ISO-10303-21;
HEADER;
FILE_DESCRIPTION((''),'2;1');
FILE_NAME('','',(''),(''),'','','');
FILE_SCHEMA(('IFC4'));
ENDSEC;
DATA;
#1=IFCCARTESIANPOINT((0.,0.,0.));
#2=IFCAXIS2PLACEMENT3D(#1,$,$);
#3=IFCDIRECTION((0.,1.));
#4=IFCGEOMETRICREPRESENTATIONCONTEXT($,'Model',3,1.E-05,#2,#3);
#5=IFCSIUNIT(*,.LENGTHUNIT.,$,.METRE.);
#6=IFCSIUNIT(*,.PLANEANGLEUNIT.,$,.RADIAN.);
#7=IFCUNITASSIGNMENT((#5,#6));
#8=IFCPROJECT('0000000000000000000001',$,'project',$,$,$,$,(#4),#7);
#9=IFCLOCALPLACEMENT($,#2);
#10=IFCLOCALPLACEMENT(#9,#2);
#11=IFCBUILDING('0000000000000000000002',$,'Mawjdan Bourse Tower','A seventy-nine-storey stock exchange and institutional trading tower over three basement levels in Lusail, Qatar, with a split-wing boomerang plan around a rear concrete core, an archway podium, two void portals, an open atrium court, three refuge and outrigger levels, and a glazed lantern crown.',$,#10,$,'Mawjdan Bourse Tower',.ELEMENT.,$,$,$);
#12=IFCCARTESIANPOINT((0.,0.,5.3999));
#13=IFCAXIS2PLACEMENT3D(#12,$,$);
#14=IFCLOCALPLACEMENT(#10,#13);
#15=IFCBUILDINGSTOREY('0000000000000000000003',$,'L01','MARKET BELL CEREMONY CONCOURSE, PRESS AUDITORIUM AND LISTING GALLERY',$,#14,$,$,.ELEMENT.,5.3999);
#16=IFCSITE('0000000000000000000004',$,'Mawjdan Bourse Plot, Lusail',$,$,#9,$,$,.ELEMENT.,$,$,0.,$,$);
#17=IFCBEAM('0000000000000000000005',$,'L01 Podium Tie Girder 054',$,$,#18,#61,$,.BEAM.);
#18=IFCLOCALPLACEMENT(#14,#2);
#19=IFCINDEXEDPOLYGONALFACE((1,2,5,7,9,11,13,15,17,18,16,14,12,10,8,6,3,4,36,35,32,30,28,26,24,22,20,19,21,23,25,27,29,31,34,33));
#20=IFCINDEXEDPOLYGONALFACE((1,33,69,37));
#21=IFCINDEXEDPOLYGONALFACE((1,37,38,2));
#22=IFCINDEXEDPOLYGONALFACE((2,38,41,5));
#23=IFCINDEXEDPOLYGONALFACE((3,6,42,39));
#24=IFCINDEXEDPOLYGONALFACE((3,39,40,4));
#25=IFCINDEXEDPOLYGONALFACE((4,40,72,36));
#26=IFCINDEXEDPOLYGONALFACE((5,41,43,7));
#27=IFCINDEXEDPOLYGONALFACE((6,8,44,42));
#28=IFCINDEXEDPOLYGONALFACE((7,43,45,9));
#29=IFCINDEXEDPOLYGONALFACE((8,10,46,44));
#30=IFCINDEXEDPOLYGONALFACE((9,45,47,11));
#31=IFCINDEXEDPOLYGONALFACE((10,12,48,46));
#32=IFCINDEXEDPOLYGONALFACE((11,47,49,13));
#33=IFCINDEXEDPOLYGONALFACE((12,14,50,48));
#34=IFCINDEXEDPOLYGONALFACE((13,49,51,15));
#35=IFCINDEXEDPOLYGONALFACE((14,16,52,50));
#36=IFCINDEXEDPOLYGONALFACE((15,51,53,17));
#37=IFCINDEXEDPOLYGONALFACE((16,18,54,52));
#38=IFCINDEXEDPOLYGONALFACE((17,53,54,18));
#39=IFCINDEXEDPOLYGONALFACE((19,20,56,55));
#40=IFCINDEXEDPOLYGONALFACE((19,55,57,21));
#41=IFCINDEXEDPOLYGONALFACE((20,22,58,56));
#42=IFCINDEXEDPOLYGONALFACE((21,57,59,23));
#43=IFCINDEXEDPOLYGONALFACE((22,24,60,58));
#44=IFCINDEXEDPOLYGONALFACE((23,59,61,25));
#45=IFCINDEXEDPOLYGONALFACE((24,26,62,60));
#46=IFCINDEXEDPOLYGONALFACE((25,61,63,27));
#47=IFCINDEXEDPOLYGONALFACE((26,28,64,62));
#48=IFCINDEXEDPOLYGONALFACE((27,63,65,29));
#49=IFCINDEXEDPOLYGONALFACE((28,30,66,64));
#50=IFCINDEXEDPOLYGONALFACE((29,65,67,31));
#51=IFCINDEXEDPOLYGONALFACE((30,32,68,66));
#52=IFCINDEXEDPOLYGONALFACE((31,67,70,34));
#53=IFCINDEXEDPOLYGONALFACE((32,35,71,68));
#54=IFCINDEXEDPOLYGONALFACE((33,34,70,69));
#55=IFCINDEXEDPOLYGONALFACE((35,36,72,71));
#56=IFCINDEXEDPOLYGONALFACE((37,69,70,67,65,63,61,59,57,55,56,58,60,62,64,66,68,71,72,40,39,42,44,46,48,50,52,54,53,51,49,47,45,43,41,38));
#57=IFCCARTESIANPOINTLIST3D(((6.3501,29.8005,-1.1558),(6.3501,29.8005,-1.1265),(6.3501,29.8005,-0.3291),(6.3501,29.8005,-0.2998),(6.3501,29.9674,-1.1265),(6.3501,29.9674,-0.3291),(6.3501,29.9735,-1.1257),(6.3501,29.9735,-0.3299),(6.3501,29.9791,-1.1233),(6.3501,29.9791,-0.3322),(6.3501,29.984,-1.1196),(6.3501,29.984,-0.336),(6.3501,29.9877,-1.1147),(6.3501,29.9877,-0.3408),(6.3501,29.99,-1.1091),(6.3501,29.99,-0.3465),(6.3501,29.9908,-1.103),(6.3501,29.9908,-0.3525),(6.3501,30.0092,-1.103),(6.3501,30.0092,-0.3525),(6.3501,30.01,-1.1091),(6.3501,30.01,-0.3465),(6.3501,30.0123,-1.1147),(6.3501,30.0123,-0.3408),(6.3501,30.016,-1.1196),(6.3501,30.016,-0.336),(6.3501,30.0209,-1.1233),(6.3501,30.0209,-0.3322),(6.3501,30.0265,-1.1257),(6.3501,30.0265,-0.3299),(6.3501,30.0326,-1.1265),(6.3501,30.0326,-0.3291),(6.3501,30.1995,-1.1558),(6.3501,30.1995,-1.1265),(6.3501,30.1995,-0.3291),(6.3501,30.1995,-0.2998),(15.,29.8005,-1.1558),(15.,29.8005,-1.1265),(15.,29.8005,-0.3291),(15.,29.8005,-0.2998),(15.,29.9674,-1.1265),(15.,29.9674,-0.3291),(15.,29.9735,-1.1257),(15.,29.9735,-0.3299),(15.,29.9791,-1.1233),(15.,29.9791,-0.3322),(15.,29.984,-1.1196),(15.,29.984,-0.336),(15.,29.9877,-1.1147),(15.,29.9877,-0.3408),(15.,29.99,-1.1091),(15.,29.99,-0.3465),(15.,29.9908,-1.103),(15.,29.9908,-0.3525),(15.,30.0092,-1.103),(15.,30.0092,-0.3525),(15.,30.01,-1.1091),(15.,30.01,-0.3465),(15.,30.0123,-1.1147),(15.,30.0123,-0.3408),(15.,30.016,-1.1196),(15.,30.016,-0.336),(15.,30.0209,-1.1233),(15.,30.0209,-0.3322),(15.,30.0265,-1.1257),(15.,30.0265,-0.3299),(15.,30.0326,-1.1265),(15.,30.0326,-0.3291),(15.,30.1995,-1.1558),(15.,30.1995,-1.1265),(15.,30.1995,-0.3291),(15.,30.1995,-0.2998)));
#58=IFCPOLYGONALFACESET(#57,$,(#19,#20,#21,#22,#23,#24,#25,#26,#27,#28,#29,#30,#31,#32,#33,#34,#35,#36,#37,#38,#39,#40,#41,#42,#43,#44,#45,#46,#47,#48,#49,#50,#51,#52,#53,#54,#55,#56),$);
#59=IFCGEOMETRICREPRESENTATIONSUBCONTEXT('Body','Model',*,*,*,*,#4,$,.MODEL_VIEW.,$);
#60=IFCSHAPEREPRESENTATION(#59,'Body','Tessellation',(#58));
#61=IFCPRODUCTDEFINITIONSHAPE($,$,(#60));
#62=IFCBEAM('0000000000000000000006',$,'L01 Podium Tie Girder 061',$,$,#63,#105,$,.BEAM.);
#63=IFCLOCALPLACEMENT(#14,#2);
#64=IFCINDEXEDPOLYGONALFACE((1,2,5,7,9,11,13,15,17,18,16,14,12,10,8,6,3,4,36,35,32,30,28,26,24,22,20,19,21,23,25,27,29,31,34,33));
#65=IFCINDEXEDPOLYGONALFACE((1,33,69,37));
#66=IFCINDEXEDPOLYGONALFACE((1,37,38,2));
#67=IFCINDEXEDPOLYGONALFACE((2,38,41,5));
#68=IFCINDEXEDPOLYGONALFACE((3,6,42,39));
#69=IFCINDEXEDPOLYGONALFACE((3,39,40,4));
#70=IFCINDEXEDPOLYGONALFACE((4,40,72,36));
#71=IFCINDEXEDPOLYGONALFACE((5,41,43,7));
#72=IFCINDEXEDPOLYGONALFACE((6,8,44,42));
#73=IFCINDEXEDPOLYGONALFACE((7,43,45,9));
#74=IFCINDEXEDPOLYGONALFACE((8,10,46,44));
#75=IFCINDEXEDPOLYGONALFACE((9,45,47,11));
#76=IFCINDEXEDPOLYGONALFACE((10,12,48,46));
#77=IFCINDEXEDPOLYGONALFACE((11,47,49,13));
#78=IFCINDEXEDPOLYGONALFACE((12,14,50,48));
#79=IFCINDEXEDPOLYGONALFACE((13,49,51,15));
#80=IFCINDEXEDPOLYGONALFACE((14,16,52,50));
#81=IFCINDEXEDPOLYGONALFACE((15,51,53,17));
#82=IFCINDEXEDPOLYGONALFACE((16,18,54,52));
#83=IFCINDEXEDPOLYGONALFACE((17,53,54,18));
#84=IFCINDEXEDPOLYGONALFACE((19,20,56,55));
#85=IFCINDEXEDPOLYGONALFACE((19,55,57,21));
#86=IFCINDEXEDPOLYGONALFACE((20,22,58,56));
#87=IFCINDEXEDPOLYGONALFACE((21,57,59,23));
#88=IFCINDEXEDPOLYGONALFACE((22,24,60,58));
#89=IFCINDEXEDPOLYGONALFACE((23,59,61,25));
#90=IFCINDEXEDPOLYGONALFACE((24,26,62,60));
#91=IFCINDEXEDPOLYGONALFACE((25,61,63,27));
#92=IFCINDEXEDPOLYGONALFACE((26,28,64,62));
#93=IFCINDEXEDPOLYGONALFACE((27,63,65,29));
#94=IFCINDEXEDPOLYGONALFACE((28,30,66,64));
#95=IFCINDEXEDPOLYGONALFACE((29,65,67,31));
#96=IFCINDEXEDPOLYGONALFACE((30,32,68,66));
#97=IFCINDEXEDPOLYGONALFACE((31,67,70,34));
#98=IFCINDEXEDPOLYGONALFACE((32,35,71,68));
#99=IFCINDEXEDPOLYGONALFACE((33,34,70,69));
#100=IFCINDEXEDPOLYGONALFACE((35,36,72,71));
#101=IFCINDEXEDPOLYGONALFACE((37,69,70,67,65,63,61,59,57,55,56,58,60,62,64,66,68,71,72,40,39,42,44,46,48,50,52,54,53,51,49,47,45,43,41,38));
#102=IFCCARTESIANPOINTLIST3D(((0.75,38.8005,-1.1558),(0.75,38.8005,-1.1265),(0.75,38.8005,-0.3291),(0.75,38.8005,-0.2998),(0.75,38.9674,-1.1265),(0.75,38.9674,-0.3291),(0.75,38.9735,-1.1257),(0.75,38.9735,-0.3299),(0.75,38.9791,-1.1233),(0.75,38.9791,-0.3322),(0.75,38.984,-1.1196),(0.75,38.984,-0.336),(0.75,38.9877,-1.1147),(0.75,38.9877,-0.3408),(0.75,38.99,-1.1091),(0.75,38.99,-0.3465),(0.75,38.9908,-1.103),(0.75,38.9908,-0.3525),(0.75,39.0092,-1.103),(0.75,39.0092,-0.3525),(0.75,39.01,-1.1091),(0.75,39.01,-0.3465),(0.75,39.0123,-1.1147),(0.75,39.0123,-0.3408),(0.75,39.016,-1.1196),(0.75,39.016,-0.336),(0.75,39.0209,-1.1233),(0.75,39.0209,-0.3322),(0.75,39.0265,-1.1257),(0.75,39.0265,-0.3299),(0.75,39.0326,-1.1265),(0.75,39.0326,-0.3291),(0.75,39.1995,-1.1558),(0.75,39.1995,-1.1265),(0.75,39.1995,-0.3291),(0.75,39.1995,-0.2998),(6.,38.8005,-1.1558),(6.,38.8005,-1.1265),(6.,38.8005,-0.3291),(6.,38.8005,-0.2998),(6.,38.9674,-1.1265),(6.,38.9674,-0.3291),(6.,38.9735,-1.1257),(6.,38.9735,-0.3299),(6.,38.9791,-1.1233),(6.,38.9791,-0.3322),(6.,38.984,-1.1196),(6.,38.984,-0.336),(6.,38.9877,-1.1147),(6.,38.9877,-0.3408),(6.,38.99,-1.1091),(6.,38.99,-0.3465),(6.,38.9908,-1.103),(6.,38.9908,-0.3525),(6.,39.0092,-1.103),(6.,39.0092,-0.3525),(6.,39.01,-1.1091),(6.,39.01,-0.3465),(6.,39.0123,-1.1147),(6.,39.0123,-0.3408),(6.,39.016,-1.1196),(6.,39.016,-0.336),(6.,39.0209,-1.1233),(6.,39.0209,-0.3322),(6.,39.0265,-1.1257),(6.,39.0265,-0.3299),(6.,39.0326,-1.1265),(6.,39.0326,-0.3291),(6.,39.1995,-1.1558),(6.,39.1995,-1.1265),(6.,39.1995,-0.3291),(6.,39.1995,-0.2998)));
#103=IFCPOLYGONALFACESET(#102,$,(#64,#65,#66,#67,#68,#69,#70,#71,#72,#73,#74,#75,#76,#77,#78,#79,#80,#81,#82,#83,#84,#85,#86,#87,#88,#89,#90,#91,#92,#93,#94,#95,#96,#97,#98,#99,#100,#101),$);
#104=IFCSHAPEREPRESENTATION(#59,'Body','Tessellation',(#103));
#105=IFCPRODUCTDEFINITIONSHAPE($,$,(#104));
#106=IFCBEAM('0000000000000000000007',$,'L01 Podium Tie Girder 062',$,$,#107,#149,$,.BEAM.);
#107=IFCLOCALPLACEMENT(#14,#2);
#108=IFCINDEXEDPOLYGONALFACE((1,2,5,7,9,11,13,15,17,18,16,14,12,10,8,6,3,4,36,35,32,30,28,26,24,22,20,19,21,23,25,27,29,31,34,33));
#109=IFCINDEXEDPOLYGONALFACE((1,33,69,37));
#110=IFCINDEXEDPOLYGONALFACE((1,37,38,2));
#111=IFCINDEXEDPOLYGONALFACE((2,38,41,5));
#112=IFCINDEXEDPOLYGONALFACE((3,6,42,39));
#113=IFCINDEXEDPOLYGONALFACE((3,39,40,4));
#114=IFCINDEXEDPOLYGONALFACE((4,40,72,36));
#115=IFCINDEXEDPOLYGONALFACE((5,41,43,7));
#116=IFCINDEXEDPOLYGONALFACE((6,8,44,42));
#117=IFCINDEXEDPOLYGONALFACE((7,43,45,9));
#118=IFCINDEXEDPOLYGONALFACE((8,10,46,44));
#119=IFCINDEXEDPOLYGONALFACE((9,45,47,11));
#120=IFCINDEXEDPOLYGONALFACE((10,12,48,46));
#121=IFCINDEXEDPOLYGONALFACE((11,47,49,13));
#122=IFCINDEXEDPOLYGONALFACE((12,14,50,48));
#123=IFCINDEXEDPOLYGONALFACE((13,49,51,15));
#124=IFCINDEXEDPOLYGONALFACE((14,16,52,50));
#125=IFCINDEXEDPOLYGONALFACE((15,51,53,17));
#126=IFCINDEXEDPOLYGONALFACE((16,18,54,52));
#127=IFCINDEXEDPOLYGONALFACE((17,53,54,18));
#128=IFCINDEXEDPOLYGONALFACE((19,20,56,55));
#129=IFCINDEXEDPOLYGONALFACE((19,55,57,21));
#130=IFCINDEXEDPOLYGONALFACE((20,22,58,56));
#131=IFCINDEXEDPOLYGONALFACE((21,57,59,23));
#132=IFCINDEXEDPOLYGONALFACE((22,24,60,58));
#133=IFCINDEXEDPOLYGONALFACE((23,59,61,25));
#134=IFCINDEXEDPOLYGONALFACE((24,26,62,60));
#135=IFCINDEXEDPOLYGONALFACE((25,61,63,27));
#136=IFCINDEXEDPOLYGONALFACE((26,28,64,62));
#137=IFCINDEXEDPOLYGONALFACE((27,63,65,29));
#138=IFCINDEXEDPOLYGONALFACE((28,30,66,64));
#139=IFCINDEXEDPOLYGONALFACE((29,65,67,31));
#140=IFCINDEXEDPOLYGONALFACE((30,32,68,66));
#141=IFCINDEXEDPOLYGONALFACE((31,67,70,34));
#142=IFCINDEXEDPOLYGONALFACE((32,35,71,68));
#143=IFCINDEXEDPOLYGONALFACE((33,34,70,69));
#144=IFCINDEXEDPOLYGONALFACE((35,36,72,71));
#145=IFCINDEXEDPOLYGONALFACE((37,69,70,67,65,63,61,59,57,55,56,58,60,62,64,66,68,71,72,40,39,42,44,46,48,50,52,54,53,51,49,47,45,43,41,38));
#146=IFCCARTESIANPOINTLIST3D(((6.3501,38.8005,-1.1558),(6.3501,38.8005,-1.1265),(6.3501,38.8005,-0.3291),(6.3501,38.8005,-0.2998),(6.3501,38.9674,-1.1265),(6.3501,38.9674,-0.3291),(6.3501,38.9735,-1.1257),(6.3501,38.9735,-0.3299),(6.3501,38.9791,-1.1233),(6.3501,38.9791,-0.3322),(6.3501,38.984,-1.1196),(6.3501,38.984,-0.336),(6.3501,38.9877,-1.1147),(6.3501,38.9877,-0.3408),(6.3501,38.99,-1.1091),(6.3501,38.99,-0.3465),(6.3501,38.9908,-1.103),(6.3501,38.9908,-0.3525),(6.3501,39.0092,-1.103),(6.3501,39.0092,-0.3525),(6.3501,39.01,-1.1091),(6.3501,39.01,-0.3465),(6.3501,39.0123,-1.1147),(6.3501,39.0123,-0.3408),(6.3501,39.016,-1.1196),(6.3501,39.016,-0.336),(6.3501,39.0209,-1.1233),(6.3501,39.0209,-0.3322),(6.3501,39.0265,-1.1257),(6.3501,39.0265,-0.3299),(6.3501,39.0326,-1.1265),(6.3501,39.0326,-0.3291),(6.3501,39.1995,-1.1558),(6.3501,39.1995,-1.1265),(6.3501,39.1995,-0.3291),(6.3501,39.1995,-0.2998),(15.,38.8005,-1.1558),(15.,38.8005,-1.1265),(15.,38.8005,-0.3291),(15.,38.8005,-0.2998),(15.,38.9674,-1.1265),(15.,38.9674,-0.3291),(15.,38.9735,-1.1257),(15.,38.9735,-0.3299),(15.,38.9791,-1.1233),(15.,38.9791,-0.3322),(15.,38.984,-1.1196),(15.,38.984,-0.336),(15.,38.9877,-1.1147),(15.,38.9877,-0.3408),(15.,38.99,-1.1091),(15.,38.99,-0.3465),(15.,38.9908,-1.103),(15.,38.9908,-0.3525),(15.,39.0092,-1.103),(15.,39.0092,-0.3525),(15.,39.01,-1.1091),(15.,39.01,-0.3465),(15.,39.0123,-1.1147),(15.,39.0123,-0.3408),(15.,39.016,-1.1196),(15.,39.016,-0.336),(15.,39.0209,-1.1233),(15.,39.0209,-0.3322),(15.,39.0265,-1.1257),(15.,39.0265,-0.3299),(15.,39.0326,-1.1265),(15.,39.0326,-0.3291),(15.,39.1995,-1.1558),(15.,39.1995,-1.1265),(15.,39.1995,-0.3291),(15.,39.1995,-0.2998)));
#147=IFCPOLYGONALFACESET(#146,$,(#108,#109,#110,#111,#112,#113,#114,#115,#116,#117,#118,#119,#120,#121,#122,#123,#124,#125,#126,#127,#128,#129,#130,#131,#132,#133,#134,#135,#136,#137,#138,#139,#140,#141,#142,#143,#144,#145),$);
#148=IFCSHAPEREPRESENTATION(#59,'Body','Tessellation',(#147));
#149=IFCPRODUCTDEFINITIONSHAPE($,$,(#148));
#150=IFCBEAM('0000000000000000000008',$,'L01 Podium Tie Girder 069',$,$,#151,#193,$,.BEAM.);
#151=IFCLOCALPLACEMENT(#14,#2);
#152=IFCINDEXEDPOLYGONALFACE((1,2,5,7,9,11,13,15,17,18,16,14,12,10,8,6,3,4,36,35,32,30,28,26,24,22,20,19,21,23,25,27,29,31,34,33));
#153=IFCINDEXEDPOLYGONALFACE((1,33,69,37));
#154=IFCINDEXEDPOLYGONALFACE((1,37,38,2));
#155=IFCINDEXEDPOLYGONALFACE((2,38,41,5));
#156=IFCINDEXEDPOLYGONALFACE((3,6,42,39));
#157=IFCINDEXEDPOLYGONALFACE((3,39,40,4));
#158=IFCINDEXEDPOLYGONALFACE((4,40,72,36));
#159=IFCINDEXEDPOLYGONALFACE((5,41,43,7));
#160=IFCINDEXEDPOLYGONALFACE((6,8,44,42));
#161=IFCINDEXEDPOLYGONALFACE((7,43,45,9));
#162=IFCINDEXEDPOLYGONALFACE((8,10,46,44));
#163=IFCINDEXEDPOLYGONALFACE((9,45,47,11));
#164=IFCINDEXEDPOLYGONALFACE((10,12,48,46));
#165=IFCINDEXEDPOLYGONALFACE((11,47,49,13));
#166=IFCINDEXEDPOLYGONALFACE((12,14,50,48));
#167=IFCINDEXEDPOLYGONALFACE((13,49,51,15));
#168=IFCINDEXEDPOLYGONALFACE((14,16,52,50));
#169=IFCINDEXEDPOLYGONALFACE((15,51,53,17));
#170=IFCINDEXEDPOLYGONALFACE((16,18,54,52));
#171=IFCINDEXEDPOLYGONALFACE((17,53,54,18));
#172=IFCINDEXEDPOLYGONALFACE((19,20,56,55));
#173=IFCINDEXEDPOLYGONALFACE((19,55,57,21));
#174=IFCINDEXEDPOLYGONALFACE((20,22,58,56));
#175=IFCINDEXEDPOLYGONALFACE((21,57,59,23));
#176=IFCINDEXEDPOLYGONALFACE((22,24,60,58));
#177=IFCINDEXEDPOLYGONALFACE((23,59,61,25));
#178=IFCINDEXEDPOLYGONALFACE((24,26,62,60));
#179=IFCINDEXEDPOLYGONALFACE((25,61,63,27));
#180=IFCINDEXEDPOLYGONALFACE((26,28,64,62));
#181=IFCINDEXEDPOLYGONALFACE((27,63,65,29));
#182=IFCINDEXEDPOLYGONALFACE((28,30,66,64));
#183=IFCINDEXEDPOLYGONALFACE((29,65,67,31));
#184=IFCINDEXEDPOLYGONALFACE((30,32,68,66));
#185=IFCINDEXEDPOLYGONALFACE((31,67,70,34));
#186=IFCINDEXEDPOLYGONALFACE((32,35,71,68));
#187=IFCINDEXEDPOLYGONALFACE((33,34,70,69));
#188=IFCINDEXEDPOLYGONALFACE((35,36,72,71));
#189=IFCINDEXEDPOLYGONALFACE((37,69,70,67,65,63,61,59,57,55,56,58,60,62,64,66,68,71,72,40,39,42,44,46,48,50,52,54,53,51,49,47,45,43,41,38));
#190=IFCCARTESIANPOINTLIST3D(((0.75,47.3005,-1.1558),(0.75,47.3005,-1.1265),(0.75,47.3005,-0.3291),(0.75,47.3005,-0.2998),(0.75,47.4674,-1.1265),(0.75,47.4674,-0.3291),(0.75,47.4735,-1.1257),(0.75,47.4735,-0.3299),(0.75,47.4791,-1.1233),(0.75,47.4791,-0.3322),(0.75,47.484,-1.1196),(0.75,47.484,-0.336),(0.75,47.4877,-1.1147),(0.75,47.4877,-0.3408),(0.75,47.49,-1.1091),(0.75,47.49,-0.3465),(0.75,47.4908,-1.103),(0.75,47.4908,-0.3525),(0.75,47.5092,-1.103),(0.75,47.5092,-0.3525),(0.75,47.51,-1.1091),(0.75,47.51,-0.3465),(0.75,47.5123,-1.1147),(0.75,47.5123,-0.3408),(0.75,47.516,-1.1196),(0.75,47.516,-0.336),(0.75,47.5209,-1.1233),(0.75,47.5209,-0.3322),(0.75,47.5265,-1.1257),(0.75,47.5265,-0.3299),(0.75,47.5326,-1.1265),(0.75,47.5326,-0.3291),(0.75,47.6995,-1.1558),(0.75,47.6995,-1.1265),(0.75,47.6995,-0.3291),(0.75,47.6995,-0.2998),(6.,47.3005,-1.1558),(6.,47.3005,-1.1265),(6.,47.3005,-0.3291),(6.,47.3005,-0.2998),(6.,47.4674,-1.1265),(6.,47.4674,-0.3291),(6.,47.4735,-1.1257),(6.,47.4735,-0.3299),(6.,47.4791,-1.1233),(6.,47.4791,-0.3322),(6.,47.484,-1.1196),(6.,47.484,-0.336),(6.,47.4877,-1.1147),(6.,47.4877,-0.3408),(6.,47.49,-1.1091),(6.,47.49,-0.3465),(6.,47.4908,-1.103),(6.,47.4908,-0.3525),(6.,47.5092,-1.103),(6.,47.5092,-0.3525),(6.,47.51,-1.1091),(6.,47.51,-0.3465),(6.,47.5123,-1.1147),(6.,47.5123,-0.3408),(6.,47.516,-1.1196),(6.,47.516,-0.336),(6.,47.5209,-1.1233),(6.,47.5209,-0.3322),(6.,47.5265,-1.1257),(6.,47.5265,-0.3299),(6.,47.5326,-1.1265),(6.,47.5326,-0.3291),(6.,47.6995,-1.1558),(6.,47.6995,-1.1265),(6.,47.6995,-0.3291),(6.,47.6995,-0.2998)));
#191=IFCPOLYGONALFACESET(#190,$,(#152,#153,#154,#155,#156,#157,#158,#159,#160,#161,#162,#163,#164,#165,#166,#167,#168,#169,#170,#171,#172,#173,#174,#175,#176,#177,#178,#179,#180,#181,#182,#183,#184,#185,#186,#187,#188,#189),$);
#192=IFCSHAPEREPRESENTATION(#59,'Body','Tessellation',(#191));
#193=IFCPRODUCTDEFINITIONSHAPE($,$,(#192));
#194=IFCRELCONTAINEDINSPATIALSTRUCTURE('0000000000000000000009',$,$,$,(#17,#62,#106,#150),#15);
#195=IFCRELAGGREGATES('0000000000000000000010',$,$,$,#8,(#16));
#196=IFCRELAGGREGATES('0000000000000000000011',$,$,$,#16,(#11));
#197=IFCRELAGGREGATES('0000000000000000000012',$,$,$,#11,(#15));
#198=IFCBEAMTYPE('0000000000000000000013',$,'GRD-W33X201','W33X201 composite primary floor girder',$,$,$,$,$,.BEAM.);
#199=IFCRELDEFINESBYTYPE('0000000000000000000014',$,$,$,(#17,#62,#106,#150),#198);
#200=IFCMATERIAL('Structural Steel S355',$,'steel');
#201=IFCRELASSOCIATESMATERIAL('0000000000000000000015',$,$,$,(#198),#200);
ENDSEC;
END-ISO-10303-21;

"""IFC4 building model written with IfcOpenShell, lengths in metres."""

from ifc_helpers import new_model, si_unit, direction, frame, origin, origin_2d, place, context, subcontext, project, spatial, i_section, extrude, material, material_profile, profile_set, type_object, element, save


model = new_model("IFC4")

# Units and contexts
model_context = context("Model", 3, precision=1e-05, world=origin(), true_north=direction((0.0, 1.0)))
body_context = subcontext(model_context, "Body", "Model", "MODEL_VIEW")
ifc_project = project(units=[si_unit("LENGTHUNIT", "METRE"), si_unit("PLANEANGLEUNIT", "RADIAN")], contexts=[model_context])

# Site, building, storey
site_placement = place(None, origin())
site = spatial("IfcSite", under=ifc_project, at=site_placement, Name="Mawjdan Bourse Plot, Lusail", CompositionType="ELEMENT", RefElevation=0.0)
building_placement = place(site_placement, origin())
building = spatial("IfcBuilding", under=site, at=building_placement, Name="Mawjdan Bourse Tower", Description="A seventy-nine-storey stock exchange and institutional trading tower over three basement levels in Lusail, Qatar, with a split-wing boomerang plan around a rear concrete core, an archway podium, two void portals, an open atrium court, three refuge and outrigger levels, and a glazed lantern crown.", LongName="Mawjdan Bourse Tower", CompositionType="ELEMENT")
storey_placement = place(building_placement, frame((0.0, 0.0, 5.3999)))
storey = spatial("IfcBuildingStorey", under=building, at=storey_placement, Name="L01", Description="MARKET BELL CEREMONY CONCOURSE, PRESS AUDITORIUM AND LISTING GALLERY", CompositionType="ELEMENT", Elevation=5.3999)

# Beams
ifc_material_1 = material(Name="Structural Steel S355", Category="steel")
ifc_material_profile_1 = material_profile(ifc_material_1, i_section(OverallWidth=0.3989, OverallDepth=0.856, WebThickness=0.0183, FlangeThickness=0.0293, FilletRadius=0.0234, at=origin_2d()), Name="W33X201")
ifc_profile_set_1 = profile_set([ifc_material_profile_1], Name="Structural Steel S355")
beam_type_1 = type_object("IfcBeamType", Name="GRD-W33X201", Description="W33X201 composite primary floor girder", PredefinedType="BEAM", material=ifc_profile_set_1)
beam_1_placement = place(storey_placement, frame((6.3501, 30.0, -0.7278), z_axis=(1.0, 0.0, 0.0), x_axis=(0.0, 1.0, 0.0)))
element("IfcBeam", 1, at=beam_1_placement, inside=storey, type_object=beam_type_1, Name="L01 Podium Tie Girder 054", PredefinedType="BEAM", context=body_context, shape_type="SweptSolid", body=[
    extrude(i_section(OverallWidth=0.3989, OverallDepth=0.856, WebThickness=0.0183, FlangeThickness=0.0293, FilletRadius=0.0234, at=origin_2d()), origin(), (0.0, 0.0, 1.0), 8.6499),
])
beam_2_placement = place(storey_placement, frame((0.75, 39.0, -0.7278), z_axis=(1.0, 0.0, 0.0), x_axis=(0.0, 1.0, 0.0)))
element("IfcBeam", 2, at=beam_2_placement, inside=storey, type_object=beam_type_1, Name="L01 Podium Tie Girder 061", PredefinedType="BEAM", context=body_context, shape_type="SweptSolid", body=[
    extrude(i_section(OverallWidth=0.3989, OverallDepth=0.856, WebThickness=0.0183, FlangeThickness=0.0293, FilletRadius=0.0234, at=origin_2d()), origin(), (0.0, 0.0, 1.0), 5.25),
])
beam_3_placement = place(storey_placement, frame((6.3501, 39.0, -0.7278), z_axis=(1.0, 0.0, 0.0), x_axis=(0.0, 1.0, 0.0)))
element("IfcBeam", 3, at=beam_3_placement, inside=storey, type_object=beam_type_1, Name="L01 Podium Tie Girder 062", PredefinedType="BEAM", context=body_context, shape_type="SweptSolid", body=[
    extrude(i_section(OverallWidth=0.3989, OverallDepth=0.856, WebThickness=0.0183, FlangeThickness=0.0293, FilletRadius=0.0234, at=origin_2d()), origin(), (0.0, 0.0, 1.0), 8.6499),
])
beam_4_placement = place(storey_placement, frame((0.75, 47.5, -0.7278), z_axis=(1.0, 0.0, 0.0), x_axis=(0.0, 1.0, 0.0)))
element("IfcBeam", 4, at=beam_4_placement, inside=storey, type_object=beam_type_1, Name="L01 Podium Tie Girder 069", PredefinedType="BEAM", context=body_context, shape_type="SweptSolid", body=[
    extrude(i_section(OverallWidth=0.3989, OverallDepth=0.856, WebThickness=0.0183, FlangeThickness=0.0293, FilletRadius=0.0234, at=origin_2d()), origin(), (0.0, 0.0, 1.0), 5.25),
])

save(model, "model.ifc")
